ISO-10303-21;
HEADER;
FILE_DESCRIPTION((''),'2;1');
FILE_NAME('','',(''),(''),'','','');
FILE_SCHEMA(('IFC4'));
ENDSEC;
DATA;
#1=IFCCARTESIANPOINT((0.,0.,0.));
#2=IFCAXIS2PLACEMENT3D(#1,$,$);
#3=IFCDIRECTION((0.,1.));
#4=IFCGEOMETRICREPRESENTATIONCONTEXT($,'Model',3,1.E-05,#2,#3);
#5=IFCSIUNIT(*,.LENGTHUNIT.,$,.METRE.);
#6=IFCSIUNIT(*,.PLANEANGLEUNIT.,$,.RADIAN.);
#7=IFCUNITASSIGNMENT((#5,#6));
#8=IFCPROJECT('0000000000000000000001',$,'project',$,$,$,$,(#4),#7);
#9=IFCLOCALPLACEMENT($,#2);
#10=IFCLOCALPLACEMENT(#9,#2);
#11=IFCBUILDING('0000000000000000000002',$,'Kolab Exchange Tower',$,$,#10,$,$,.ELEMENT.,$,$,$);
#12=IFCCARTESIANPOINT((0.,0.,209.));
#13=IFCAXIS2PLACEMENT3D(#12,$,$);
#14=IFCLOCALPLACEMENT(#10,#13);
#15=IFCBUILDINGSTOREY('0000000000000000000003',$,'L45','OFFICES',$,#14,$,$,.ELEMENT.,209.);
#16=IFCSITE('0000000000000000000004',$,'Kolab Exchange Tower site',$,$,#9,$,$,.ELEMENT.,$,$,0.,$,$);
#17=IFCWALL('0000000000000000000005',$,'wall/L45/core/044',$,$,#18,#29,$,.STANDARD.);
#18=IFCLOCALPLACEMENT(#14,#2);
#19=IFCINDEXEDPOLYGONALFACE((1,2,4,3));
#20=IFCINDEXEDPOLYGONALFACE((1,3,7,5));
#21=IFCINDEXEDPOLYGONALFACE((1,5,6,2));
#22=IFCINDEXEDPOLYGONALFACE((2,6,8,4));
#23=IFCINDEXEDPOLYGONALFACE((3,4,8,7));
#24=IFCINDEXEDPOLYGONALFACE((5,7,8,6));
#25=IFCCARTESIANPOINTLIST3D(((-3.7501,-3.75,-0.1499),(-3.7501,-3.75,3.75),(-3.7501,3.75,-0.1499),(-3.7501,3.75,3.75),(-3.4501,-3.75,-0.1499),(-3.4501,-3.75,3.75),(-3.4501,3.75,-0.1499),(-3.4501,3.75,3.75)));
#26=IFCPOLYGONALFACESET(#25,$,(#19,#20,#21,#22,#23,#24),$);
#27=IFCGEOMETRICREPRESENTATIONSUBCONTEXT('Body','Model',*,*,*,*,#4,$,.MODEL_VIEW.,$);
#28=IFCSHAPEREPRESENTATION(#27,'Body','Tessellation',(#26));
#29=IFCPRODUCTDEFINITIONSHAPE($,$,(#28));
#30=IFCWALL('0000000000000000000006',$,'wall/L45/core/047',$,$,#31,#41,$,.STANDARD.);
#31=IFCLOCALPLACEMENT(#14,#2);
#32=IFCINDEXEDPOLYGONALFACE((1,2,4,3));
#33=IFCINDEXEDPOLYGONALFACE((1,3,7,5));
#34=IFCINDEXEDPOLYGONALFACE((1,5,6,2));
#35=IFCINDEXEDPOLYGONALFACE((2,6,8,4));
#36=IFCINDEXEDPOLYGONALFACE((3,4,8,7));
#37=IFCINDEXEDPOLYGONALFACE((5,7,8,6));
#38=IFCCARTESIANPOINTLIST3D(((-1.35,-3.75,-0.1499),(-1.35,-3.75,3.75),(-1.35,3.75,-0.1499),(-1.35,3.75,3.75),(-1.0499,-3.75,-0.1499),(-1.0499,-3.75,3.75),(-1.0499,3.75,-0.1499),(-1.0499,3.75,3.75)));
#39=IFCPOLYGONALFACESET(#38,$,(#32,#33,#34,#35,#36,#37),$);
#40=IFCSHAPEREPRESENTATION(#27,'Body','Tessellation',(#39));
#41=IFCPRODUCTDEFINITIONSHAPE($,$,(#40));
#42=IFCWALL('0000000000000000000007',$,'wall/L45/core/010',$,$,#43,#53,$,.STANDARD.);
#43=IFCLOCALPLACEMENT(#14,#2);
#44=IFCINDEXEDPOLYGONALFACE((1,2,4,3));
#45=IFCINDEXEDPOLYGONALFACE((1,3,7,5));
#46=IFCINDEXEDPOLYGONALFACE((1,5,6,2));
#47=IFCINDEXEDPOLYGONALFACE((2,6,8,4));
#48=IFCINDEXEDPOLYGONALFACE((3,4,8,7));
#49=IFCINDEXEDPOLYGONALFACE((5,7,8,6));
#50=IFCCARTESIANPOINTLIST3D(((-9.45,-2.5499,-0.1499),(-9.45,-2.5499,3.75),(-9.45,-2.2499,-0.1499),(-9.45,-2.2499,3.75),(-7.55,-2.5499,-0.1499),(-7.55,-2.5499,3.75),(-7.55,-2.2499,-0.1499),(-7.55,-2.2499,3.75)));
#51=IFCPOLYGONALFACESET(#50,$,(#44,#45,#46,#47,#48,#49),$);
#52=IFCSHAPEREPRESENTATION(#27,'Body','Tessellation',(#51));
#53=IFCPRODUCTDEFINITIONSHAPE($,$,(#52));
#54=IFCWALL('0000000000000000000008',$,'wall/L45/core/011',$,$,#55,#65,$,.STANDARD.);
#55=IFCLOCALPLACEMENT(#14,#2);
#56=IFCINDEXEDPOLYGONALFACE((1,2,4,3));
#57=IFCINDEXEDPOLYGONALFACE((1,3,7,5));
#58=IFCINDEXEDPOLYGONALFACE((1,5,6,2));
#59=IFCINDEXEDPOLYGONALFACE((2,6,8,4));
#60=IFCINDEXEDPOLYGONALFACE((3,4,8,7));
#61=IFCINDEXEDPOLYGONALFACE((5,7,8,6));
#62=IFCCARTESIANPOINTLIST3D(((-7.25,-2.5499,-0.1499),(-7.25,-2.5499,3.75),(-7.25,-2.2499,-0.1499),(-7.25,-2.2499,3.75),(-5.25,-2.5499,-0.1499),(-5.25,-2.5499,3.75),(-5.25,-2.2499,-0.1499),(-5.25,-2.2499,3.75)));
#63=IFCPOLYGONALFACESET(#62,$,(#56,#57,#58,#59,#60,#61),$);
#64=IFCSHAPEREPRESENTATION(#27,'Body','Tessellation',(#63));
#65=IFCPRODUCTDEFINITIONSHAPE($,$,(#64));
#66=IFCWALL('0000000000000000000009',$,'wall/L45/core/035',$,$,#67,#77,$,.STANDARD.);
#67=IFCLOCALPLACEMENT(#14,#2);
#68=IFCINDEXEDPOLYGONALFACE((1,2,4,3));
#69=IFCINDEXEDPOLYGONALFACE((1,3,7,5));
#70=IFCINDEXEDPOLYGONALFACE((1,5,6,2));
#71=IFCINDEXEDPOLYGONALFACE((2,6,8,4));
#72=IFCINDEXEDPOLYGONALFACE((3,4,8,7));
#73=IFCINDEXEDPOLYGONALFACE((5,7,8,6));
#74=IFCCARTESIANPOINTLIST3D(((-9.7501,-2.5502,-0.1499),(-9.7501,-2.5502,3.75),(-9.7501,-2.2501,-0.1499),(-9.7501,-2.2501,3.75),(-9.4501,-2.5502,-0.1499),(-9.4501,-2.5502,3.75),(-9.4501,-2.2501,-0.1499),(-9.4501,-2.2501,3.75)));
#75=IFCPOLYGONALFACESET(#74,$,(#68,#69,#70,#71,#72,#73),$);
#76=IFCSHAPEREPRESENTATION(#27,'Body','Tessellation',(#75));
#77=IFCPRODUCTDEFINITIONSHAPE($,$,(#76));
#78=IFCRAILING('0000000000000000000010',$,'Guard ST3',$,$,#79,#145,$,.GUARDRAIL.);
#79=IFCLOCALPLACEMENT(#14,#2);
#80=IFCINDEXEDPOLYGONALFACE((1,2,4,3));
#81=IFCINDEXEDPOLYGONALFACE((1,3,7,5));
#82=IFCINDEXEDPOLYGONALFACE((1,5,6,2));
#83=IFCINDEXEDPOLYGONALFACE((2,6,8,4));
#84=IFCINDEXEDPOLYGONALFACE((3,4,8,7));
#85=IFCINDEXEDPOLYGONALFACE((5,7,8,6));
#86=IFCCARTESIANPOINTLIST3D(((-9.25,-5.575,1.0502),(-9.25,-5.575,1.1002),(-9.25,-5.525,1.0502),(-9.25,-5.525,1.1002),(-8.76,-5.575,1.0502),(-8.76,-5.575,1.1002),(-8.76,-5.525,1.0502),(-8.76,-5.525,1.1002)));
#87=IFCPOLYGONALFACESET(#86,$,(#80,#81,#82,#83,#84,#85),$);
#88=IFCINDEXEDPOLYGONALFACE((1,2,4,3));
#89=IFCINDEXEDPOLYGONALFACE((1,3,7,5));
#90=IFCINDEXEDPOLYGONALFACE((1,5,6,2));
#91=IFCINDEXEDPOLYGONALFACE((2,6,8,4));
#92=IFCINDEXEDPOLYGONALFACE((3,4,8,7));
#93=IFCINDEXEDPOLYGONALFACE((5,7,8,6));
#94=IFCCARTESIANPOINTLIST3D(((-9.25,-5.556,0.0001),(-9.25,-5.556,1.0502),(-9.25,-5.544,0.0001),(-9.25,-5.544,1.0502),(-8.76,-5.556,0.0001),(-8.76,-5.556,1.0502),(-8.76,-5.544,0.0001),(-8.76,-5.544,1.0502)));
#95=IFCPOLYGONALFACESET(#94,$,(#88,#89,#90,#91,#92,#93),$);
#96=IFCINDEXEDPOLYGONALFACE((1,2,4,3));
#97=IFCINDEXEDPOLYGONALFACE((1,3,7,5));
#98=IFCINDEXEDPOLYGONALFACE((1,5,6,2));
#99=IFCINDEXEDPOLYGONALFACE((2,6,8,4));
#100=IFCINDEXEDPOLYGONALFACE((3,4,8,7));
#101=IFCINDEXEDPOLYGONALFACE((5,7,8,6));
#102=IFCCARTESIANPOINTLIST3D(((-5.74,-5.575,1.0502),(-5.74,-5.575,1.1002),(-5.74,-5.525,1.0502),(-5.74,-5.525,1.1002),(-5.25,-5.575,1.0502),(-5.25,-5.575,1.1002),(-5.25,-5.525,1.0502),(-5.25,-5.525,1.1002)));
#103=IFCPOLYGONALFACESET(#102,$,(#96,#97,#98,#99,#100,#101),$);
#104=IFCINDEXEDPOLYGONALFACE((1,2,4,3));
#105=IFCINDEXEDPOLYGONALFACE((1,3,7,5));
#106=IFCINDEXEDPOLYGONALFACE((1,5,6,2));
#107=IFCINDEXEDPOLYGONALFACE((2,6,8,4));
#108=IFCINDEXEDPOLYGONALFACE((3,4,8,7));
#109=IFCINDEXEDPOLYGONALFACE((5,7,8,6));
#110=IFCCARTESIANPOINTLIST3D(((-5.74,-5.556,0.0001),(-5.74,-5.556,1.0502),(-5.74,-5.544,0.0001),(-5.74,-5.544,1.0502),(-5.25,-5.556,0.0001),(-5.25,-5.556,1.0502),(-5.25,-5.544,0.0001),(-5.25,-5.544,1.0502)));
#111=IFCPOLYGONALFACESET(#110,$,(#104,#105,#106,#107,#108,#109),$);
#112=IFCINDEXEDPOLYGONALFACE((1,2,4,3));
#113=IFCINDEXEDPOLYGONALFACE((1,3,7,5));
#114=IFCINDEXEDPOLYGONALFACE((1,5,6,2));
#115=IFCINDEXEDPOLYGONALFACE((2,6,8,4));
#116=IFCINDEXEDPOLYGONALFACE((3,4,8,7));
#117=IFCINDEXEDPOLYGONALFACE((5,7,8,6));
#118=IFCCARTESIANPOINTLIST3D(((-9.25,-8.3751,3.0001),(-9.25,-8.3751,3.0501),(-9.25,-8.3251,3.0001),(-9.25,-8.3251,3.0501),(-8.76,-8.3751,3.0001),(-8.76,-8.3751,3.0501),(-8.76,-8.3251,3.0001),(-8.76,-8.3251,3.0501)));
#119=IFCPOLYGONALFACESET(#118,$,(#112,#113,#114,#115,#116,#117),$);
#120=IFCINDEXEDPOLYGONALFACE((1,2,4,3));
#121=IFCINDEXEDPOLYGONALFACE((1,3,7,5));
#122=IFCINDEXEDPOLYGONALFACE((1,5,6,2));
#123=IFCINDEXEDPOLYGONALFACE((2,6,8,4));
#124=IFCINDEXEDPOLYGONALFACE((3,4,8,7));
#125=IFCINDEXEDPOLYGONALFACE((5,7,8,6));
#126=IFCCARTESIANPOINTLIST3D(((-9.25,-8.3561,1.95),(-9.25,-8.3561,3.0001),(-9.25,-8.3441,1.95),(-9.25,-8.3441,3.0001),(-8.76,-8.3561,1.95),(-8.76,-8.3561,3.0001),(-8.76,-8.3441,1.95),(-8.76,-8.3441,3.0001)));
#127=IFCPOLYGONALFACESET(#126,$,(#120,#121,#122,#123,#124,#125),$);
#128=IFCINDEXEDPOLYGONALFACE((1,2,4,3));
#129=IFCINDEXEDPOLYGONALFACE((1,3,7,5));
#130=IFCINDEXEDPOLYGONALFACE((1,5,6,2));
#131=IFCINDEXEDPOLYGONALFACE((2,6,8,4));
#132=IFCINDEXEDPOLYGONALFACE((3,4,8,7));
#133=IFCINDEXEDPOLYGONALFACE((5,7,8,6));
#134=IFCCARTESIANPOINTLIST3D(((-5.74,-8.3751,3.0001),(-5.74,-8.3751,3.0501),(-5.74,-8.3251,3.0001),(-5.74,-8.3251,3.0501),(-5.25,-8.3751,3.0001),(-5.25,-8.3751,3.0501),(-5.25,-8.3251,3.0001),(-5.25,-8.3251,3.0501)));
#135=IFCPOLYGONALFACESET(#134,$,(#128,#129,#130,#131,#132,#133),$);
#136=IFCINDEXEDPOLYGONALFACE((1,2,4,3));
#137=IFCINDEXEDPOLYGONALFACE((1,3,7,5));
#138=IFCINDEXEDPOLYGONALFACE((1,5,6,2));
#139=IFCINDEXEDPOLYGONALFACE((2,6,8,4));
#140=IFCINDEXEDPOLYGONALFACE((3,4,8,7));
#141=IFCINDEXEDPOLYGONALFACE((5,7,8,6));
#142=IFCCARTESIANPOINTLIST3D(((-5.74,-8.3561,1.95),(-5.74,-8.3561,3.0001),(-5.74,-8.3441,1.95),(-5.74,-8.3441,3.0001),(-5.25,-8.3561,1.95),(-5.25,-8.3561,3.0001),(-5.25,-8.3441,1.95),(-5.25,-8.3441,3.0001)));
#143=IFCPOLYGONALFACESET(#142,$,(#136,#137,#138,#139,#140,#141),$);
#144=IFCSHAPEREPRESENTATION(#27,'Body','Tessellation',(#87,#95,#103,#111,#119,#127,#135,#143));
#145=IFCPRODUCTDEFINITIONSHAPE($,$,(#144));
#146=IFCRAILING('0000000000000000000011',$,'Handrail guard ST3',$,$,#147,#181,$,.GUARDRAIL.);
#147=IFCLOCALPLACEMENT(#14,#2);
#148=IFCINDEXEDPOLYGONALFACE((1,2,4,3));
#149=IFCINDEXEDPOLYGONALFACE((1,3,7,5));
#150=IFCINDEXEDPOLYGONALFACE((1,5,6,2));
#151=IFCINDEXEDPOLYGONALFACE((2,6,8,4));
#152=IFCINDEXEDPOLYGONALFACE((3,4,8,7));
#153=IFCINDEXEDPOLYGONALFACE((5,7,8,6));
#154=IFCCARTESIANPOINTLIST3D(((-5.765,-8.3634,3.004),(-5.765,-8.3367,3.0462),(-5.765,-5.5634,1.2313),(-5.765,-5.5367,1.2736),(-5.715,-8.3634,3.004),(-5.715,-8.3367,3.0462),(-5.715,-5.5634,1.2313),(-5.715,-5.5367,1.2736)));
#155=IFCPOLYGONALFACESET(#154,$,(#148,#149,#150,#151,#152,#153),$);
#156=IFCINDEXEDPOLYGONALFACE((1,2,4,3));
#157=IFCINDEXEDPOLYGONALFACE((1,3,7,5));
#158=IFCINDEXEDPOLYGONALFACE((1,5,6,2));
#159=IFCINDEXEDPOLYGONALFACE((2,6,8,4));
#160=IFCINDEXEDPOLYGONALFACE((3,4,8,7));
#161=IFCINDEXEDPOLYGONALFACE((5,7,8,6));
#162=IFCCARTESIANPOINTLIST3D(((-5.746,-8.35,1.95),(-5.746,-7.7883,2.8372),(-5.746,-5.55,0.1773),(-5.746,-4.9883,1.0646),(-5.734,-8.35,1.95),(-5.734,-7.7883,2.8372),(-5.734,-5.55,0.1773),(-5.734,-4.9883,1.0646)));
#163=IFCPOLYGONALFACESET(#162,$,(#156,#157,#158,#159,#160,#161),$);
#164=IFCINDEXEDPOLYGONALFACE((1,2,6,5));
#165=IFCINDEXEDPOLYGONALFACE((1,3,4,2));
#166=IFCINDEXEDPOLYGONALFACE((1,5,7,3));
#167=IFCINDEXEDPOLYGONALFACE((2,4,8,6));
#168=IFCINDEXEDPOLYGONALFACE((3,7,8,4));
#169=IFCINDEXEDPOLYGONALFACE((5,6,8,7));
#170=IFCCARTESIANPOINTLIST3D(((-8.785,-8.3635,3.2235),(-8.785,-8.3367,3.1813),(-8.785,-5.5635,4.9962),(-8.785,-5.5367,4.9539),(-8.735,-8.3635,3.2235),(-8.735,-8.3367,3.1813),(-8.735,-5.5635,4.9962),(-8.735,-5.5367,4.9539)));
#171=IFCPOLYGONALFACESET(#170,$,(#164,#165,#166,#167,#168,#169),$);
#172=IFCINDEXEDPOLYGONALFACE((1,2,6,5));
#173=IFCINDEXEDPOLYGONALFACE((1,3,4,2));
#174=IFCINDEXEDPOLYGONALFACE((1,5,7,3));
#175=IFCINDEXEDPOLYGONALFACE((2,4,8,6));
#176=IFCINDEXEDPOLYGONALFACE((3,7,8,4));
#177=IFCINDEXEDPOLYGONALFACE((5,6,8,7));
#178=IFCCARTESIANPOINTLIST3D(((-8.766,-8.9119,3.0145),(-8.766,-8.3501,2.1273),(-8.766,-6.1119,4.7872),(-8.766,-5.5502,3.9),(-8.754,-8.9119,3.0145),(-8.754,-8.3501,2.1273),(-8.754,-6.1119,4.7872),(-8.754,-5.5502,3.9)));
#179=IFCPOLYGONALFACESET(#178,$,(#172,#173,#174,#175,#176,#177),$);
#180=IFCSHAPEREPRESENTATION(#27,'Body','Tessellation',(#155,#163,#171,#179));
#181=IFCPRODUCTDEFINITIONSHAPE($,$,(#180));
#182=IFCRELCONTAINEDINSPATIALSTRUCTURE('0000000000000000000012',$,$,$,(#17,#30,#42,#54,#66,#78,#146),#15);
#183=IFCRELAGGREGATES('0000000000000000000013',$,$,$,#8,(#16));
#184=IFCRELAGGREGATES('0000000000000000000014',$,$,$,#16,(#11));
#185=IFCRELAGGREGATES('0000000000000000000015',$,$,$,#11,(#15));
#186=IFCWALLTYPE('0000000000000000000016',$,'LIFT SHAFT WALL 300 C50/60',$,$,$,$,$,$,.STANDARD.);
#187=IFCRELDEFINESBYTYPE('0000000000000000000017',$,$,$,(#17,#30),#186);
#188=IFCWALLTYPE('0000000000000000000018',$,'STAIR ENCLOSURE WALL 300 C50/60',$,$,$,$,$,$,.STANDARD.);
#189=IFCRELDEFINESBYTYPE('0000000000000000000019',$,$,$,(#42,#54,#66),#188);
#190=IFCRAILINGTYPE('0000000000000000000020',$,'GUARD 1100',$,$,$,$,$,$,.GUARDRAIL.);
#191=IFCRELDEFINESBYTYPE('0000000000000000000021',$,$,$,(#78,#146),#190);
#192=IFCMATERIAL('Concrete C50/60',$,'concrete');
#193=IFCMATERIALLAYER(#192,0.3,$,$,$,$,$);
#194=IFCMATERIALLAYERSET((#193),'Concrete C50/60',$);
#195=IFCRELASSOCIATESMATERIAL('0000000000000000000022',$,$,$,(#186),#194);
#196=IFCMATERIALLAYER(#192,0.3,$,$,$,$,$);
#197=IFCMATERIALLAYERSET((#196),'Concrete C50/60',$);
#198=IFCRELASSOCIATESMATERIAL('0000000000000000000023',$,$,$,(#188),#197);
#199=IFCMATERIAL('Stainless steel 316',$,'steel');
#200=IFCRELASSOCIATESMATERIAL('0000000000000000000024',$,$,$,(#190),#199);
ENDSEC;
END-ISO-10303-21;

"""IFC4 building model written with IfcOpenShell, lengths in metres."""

from ifc_helpers import new_model, si_unit, direction, frame, frame_2d, origin, origin_2d, place, context, subcontext, project, spatial, rectangle, extrude, material, layer, layer_set, type_object, element, save


model = new_model("IFC4")

# Units and contexts
model_context = context("Model", 3, precision=1e-05, world=origin(), true_north=direction((0.0, 1.0)))
body_context = subcontext(model_context, "Body", "Model", "MODEL_VIEW")
ifc_project = project(units=[si_unit("LENGTHUNIT", "METRE"), si_unit("PLANEANGLEUNIT", "RADIAN")], contexts=[model_context])

# Site, building, storey
site_placement = place(None, origin())
site = spatial("IfcSite", under=ifc_project, at=site_placement, Name="Kolab Exchange Tower site", CompositionType="ELEMENT", RefElevation=0.0)
building_placement = place(site_placement, origin())
building = spatial("IfcBuilding", under=site, at=building_placement, Name="Kolab Exchange Tower", CompositionType="ELEMENT")
storey_placement = place(building_placement, frame((0.0, 0.0, 209.0)))
storey = spatial("IfcBuildingStorey", under=building, at=storey_placement, Name="L45", Description="OFFICES", CompositionType="ELEMENT", Elevation=209.0)

# Shared definitions
ifc_material_1 = material(Name="Concrete C50/60", Category="concrete")
ifc_layer_1 = layer(ifc_material_1, 0.3)
ifc_layer_set_1 = layer_set([ifc_layer_1], Name="Concrete C50/60")
wall_type_1 = type_object("IfcWallType", Name="LIFT SHAFT WALL 300 C50/60", PredefinedType="STANDARD", material=ifc_layer_set_1)
ifc_material_2 = material(Name="Stainless steel 316", Category="steel")

# Walls
for number, where, z_axis, x_axis, name in (
    (1, (-3.6001, -3.75, -0.1499), (0.0, 0.0, 1.0), (0.0, 1.0, 0.0), "wall/L45/core/044"),
    (2, (-1.2, -3.75, -0.1499), (0.0, 0.0, 1.0), (0.0, 1.0, 0.0), "wall/L45/core/047"),
):
    element("IfcWall", number, at=place(storey_placement, frame(where, z_axis=z_axis, x_axis=x_axis)), inside=storey, type_object=wall_type_1, Name=name, PredefinedType="STANDARD", context=body_context, shape_type="SweptSolid", body=[
        extrude(rectangle(XDim=7.5, YDim=0.3, at=frame_2d((3.75, 0.0))), origin(), (0.0, 0.0, 1.0), 3.8999),
    ])
ifc_layer_2 = layer(ifc_material_1, 0.3)
ifc_layer_set_2 = layer_set([ifc_layer_2], Name="Concrete C50/60")
wall_type_2 = type_object("IfcWallType", Name="STAIR ENCLOSURE WALL 300 C50/60", PredefinedType="STANDARD", material=ifc_layer_set_2)
wall_1_placement = place(storey_placement, frame((-9.45, -2.3999, -0.1499), z_axis=(0.0, 0.0, 1.0), x_axis=(1.0, 0.0, 0.0)))
element("IfcWall", 3, at=wall_1_placement, inside=storey, type_object=wall_type_2, Name="wall/L45/core/010", PredefinedType="STANDARD", context=body_context, shape_type="SweptSolid", body=[
    extrude(rectangle(XDim=1.8999, YDim=0.3, at=frame_2d((0.95, 0.0))), origin(), (0.0, 0.0, 1.0), 3.8999),
])
wall_2_placement = place(storey_placement, frame((-7.25, -2.3999, -0.1499), z_axis=(0.0, 0.0, 1.0), x_axis=(1.0, 0.0, 0.0)))
element("IfcWall", 4, at=wall_2_placement, inside=storey, type_object=wall_type_2, Name="wall/L45/core/011", PredefinedType="STANDARD", context=body_context, shape_type="SweptSolid", body=[
    extrude(rectangle(XDim=2.0, YDim=0.3, at=frame_2d((1.0, 0.0))), origin(), (0.0, 0.0, 1.0), 3.8999),
])
wall_3_placement = place(storey_placement, frame((-9.6001, -2.55, -0.1499), z_axis=(0.0, 0.0, 1.0), x_axis=(0.0, 1.0, 0.0)))
element("IfcWall", 5, at=wall_3_placement, inside=storey, type_object=wall_type_2, Name="wall/L45/core/035", PredefinedType="STANDARD", context=body_context, shape_type="SweptSolid", body=[
    extrude(rectangle(XDim=0.3, YDim=0.3, at=frame_2d((0.1499, 0.0))), origin(), (0.0, 0.0, 1.0), 3.8999),
])

# Railings
railing_type = type_object("IfcRailingType", Name="GUARD 1100", PredefinedType="GUARDRAIL", material=ifc_material_2)
railing_1_placement = place(storey_placement, frame((-9.25, -5.55, 0.0)))
element("IfcRailing", 6, at=railing_1_placement, inside=storey, type_object=railing_type, Name="Guard ST3", PredefinedType="GUARDRAIL", context=body_context, shape_type="SweptSolid", body=[
    extrude(rectangle(XDim=0.05, YDim=0.05, at=origin_2d()), frame((0.0, 0.0, 1.0752), z_axis=(1.0, 0.0, 0.0), x_axis=(0.0, 1.0, 0.0)), (0.0, 0.0, 1.0), 0.49),
    extrude(rectangle(XDim=0.012, YDim=1.0501, at=frame_2d((0.0, 0.5251))), frame((0.0, 0.0, 0.0), z_axis=(1.0, 0.0, 0.0), x_axis=(0.0, 1.0, 0.0)), (0.0, 0.0, 1.0), 0.49),
    extrude(rectangle(XDim=0.05, YDim=0.05, at=origin_2d()), frame((3.51, 0.0, 1.0752), z_axis=(1.0, 0.0, 0.0), x_axis=(0.0, 1.0, 0.0)), (0.0, 0.0, 1.0), 0.49),
    extrude(rectangle(XDim=0.012, YDim=1.0501, at=frame_2d((0.0, 0.5251))), frame((3.51, 0.0, 0.0), z_axis=(1.0, 0.0, 0.0), x_axis=(0.0, 1.0, 0.0)), (0.0, 0.0, 1.0), 0.49),
    extrude(rectangle(XDim=0.05, YDim=0.05, at=origin_2d()), frame((0.0, -2.8, 3.0251), z_axis=(1.0, 0.0, 0.0), x_axis=(0.0, 1.0, 0.0)), (0.0, 0.0, 1.0), 0.49),
    extrude(rectangle(XDim=0.012, YDim=1.0501, at=frame_2d((0.0, 0.5251))), frame((0.0, -2.8, 1.95), z_axis=(1.0, 0.0, 0.0), x_axis=(0.0, 1.0, 0.0)), (0.0, 0.0, 1.0), 0.49),
    extrude(rectangle(XDim=0.05, YDim=0.05, at=origin_2d()), frame((3.51, -2.8, 3.0251), z_axis=(1.0, 0.0, 0.0), x_axis=(0.0, 1.0, 0.0)), (0.0, 0.0, 1.0), 0.49),
    extrude(rectangle(XDim=0.012, YDim=1.0501, at=frame_2d((0.0, 0.5251))), frame((3.51, -2.8, 1.95), z_axis=(1.0, 0.0, 0.0), x_axis=(0.0, 1.0, 0.0)), (0.0, 0.0, 1.0), 0.49),
])
railing_2_placement = place(storey_placement, frame((-5.74, -5.55, 0.1772)))
element("IfcRailing", 7, at=railing_2_placement, inside=storey, type_object=railing_type, Name="Handrail guard ST3", PredefinedType="GUARDRAIL", context=body_context, shape_type="SweptSolid", body=[
    extrude(rectangle(XDim=0.05, YDim=0.05, at=origin_2d()), frame((0.0, 0.0, 1.0752), z_axis=(0.0, -0.844909, 0.53491), x_axis=(1.0, 0.0, 0.0)), (0.0, 0.0, 1.0), 3.314),
    extrude(rectangle(XDim=0.012, YDim=1.0501, at=frame_2d((0.0, 0.5251))), frame((0.0, 0.0, 0.0), z_axis=(0.0, -0.844909, 0.53491), x_axis=(1.0, 0.0, 0.0)), (0.0, 0.0, 1.0), 3.314),
    extrude(rectangle(XDim=0.05, YDim=0.05, at=origin_2d()), frame((-3.02, -2.8, 3.0251), z_axis=(0.0, 0.844909, 0.53491), x_axis=(-1.0, 0.0, 0.0)), (0.0, 0.0, 1.0), 3.314),
    extrude(rectangle(XDim=0.012, YDim=1.0501, at=frame_2d((0.0, 0.5251))), frame((-3.02, -2.8, 1.95), z_axis=(0.0, 0.844909, 0.53491), x_axis=(-1.0, 0.0, 0.0)), (0.0, 0.0, 1.0), 3.314),
])

save(model, "model.ifc")
